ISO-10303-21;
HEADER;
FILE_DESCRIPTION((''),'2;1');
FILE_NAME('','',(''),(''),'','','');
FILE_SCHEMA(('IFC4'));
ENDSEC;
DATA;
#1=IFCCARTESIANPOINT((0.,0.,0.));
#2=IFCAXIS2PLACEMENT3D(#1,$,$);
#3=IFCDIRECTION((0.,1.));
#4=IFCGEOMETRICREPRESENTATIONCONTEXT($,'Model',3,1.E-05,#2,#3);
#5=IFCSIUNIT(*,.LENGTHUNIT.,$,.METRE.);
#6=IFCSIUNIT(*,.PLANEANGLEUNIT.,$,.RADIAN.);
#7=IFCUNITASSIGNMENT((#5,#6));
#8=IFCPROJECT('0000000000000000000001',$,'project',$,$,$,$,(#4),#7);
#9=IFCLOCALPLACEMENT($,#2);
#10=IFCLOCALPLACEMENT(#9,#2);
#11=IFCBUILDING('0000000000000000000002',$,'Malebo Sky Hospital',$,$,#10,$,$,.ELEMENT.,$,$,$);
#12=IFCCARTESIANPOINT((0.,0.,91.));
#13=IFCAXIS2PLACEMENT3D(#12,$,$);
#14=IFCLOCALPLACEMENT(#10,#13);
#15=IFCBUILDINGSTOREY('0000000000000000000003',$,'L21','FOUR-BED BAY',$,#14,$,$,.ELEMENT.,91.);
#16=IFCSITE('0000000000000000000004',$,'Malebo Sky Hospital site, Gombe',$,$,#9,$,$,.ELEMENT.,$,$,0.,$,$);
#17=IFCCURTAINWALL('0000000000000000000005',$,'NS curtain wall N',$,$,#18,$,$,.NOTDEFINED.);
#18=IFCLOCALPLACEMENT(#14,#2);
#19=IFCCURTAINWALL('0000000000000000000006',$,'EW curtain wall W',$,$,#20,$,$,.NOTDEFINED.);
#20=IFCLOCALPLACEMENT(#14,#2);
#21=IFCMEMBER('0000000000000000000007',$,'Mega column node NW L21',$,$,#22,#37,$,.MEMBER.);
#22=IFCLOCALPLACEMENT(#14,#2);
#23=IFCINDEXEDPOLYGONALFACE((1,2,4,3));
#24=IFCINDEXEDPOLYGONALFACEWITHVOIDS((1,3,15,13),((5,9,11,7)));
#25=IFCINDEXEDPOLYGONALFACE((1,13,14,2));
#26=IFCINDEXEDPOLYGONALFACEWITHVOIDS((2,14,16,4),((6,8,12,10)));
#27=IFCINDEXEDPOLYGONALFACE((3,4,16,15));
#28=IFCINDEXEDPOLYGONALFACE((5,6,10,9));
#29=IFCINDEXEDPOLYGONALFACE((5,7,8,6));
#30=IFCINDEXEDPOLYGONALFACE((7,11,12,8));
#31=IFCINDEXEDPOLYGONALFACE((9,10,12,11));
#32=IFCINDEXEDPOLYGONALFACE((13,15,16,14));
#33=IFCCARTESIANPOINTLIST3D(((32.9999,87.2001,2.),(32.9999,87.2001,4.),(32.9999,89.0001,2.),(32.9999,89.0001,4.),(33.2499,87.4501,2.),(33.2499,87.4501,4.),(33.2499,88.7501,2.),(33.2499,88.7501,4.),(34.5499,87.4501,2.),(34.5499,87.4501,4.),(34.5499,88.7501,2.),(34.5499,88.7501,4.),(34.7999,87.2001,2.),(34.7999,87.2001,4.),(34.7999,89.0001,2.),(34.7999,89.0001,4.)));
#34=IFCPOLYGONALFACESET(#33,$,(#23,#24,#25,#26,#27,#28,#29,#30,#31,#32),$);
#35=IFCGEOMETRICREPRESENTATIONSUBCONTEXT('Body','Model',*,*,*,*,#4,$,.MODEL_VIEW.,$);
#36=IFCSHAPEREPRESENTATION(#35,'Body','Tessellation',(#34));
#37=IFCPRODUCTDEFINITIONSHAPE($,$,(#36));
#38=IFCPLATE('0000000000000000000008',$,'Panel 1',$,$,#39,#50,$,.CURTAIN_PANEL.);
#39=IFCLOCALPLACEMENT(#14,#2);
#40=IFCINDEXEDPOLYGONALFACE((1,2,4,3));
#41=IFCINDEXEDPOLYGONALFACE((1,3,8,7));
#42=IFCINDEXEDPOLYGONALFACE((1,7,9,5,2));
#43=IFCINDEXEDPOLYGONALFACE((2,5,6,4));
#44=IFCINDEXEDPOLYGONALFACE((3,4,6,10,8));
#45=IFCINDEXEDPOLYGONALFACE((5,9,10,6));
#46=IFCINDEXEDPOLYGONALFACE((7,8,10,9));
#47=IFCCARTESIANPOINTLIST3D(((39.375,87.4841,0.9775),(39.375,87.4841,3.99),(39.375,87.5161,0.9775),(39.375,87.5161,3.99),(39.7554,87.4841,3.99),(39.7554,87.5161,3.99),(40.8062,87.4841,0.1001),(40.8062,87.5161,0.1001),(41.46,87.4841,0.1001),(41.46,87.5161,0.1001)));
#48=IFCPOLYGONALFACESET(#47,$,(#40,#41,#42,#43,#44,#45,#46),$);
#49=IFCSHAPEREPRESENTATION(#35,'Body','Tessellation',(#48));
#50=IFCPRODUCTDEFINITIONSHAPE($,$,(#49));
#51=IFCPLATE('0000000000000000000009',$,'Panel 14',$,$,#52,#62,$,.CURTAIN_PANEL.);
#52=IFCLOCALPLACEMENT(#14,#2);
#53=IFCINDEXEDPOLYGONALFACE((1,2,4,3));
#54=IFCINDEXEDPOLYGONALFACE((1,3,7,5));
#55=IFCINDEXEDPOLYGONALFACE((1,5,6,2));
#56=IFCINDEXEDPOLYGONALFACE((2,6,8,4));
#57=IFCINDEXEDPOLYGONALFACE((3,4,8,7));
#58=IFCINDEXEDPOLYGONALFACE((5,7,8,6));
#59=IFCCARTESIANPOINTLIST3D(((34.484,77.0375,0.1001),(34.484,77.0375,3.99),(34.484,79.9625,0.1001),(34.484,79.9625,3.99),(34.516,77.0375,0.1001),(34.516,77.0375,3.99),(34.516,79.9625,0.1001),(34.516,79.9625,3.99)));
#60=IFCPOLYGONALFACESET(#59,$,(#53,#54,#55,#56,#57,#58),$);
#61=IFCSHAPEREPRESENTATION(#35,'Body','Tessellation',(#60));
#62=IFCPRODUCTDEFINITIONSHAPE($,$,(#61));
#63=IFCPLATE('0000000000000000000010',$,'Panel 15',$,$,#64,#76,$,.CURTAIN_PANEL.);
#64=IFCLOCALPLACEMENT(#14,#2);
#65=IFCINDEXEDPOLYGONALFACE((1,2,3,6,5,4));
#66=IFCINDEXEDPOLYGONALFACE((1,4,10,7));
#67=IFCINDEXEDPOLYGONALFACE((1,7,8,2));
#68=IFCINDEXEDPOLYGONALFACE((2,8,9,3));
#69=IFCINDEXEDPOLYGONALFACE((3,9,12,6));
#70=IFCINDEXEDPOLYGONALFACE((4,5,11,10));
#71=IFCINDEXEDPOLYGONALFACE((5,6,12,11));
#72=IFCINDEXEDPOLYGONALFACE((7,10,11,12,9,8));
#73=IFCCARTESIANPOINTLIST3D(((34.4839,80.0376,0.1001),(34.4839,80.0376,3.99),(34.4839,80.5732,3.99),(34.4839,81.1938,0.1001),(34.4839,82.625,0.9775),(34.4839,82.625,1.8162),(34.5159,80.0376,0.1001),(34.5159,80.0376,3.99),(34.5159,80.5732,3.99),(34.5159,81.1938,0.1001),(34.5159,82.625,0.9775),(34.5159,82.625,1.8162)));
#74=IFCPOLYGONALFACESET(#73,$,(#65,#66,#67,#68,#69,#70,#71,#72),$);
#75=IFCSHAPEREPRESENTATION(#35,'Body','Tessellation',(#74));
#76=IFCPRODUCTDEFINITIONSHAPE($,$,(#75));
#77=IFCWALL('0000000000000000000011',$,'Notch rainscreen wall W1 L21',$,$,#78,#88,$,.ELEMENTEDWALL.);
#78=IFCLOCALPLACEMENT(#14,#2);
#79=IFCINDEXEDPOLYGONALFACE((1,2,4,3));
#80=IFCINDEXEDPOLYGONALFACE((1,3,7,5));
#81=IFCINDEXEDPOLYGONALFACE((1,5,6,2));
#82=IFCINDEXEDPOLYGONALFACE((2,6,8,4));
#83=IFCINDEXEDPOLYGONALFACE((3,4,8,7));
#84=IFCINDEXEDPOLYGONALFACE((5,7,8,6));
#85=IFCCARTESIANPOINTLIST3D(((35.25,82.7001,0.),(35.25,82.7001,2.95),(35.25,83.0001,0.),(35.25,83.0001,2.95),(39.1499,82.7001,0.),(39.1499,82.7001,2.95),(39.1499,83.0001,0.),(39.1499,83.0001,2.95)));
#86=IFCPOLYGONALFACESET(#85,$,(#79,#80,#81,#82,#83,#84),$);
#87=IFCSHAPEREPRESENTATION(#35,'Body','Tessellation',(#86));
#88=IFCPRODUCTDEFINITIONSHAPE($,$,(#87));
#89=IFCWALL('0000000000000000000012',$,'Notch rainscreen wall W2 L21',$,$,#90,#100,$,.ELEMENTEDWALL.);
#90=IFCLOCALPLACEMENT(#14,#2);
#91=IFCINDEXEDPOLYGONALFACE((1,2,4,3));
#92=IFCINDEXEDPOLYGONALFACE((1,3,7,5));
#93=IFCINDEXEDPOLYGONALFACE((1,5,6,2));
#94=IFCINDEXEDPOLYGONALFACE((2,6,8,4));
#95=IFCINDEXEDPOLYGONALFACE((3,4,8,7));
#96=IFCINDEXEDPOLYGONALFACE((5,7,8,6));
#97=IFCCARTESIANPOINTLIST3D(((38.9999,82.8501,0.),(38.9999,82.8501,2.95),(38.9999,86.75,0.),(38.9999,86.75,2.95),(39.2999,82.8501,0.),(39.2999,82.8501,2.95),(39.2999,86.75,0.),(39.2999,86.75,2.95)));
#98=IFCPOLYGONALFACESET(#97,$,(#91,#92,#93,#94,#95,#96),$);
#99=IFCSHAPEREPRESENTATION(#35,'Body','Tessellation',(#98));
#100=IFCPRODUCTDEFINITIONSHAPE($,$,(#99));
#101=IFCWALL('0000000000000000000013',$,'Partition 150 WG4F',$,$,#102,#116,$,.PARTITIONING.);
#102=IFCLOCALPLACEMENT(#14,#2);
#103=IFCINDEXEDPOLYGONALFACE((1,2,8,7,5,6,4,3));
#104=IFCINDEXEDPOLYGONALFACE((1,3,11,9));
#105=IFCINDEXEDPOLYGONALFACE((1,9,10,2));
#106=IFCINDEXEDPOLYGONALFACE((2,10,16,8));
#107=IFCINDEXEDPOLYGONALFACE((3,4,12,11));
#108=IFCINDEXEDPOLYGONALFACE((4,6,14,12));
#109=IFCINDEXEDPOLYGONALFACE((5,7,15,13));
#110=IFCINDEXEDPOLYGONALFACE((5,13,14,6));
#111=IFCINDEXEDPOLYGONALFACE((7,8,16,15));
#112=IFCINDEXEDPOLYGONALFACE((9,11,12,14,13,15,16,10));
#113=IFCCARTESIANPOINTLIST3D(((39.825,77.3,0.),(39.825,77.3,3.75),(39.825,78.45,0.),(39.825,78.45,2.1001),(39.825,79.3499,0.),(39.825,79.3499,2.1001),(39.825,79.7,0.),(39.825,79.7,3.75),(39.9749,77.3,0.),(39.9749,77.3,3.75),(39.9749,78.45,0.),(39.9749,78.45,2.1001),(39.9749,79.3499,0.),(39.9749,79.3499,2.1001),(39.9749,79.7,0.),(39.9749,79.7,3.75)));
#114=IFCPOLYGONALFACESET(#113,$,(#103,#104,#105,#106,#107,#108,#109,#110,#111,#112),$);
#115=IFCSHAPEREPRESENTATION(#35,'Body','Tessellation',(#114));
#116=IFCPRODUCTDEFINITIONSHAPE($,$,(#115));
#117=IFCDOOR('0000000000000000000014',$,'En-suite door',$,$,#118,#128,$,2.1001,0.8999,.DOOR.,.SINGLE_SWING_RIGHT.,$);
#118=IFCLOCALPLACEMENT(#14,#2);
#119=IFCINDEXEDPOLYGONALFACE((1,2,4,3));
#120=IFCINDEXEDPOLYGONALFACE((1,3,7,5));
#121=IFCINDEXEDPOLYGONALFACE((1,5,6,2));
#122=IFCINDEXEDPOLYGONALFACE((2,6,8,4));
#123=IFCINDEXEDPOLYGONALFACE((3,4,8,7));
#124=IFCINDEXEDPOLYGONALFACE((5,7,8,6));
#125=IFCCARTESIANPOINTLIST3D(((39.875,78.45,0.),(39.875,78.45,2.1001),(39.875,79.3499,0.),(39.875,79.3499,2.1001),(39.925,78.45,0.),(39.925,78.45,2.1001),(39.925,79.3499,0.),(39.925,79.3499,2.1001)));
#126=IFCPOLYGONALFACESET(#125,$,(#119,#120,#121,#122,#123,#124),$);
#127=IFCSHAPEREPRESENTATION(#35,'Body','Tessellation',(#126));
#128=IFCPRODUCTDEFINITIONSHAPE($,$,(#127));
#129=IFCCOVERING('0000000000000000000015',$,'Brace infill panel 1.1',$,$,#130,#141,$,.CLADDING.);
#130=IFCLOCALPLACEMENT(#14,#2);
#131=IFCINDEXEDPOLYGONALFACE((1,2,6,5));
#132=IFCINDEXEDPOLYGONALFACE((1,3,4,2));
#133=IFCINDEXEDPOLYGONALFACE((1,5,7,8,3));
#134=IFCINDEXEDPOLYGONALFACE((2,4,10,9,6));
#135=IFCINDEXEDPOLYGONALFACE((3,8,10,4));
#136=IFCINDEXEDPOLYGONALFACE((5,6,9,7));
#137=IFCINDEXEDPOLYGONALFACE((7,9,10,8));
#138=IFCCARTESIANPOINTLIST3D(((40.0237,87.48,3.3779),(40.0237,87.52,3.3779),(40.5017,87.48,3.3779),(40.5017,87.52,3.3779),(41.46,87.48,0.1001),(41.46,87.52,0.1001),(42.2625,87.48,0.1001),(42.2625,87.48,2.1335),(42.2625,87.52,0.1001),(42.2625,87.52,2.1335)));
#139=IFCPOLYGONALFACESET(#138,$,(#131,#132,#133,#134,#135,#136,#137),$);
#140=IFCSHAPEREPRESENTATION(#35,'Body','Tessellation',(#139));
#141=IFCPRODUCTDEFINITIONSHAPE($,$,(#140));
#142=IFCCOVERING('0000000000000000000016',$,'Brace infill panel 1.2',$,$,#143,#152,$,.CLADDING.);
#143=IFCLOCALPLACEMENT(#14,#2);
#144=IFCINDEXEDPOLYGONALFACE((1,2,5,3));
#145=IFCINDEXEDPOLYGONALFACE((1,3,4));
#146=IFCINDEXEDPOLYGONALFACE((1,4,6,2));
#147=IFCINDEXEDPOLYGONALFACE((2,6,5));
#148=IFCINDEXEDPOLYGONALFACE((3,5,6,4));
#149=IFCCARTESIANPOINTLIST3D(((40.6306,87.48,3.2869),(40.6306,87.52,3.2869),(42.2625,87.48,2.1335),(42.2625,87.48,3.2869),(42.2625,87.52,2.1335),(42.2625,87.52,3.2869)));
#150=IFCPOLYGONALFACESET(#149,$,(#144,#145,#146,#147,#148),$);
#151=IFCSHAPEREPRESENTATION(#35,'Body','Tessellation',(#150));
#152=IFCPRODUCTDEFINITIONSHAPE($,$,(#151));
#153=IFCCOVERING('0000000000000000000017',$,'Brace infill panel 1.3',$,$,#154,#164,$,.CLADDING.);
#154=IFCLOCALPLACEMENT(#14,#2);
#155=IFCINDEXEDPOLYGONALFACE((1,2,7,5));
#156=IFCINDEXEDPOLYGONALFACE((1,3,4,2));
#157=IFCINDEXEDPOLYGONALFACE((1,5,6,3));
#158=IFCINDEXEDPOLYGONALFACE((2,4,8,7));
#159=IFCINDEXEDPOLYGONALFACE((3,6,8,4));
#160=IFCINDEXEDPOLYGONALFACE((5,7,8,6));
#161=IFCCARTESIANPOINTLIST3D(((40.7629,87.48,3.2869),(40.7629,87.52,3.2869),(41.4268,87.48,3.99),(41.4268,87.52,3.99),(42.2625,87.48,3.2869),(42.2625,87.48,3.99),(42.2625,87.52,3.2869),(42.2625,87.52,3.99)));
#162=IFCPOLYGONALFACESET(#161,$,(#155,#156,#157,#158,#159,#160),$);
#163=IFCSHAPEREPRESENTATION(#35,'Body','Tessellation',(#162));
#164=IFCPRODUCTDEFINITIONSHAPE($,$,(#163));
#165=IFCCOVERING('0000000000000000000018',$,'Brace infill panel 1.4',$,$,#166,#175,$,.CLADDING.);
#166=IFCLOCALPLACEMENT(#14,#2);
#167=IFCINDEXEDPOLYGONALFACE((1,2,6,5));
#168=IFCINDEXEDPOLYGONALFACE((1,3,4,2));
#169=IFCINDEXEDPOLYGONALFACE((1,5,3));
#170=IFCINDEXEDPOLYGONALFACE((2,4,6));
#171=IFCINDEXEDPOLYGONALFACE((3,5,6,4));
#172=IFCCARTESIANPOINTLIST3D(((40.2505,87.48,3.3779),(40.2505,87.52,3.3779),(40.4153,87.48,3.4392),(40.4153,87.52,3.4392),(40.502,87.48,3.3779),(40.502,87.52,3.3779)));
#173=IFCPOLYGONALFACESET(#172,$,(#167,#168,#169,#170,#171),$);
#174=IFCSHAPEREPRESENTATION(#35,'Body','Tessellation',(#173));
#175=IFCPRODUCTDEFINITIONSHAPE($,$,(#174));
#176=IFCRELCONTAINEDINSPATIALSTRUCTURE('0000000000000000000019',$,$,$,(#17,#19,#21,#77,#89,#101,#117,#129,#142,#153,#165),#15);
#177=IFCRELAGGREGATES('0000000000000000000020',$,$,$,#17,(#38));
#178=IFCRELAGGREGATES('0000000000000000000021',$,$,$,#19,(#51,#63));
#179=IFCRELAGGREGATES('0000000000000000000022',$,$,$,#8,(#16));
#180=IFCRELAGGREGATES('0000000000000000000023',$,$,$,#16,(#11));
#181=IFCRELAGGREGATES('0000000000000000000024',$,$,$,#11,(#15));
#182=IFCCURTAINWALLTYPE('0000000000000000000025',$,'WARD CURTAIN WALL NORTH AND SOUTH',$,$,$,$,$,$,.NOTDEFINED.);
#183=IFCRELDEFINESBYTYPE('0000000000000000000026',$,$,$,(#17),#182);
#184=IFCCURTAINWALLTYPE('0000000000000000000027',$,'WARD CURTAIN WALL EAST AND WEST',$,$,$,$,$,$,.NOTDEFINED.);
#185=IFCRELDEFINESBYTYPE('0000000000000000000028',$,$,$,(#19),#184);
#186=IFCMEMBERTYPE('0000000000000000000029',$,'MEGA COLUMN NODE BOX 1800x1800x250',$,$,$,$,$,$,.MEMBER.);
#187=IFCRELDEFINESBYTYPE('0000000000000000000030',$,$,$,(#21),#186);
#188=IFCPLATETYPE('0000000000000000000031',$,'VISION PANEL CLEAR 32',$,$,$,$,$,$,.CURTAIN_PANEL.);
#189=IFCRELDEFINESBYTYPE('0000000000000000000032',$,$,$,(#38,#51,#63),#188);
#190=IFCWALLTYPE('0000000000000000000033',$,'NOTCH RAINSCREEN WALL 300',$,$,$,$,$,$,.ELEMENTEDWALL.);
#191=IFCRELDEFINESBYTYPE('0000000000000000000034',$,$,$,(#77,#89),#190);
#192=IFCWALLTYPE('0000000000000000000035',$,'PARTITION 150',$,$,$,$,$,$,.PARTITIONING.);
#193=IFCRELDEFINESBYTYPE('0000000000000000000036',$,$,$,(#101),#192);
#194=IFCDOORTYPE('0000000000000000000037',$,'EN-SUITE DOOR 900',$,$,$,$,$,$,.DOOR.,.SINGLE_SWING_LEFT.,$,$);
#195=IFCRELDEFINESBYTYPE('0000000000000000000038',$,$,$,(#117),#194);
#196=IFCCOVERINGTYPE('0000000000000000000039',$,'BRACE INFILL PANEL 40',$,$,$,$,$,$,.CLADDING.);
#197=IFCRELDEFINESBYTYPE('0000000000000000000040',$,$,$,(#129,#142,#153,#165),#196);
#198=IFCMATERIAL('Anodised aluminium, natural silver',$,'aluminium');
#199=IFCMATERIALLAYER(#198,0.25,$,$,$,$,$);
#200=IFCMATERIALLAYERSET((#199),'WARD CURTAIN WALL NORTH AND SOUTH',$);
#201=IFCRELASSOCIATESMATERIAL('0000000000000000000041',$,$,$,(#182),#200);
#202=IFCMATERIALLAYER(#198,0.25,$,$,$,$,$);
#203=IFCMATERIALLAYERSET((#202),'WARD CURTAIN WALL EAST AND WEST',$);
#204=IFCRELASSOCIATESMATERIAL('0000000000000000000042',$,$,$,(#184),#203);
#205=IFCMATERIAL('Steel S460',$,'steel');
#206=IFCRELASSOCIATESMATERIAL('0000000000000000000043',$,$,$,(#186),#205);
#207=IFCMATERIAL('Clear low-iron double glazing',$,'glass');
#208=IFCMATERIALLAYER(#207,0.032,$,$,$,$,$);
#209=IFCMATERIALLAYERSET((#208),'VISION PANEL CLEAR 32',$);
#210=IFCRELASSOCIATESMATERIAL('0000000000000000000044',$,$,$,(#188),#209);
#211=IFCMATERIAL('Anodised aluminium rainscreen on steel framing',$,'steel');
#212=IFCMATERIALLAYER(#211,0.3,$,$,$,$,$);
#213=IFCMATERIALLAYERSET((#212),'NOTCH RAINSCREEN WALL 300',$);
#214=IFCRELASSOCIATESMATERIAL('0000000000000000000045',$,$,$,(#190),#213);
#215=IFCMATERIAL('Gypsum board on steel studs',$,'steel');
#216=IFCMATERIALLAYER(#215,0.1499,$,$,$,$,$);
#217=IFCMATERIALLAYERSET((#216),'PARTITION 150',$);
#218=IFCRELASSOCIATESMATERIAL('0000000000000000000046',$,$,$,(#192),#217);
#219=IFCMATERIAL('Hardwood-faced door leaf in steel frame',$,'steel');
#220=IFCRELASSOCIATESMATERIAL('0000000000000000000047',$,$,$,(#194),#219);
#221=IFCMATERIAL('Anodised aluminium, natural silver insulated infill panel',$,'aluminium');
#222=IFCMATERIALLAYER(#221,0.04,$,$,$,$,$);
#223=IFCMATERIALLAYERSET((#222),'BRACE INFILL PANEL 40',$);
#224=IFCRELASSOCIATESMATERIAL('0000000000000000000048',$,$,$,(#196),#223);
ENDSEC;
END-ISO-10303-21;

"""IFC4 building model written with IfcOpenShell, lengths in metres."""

from ifc_helpers import new_model, si_unit, direction, frame, frame_2d, origin, origin_2d, place, context, subcontext, project, spatial, polyline, rectangle, hollow_rectangle, outline, extrude, material, layer, layer_set, material_profile, profile_set, type_object, element, fill, aggregate, save


model = new_model("IFC4")

# Units and contexts
model_context = context("Model", 3, precision=1e-05, world=origin(), true_north=direction((0.0, 1.0)))
body_context = subcontext(model_context, "Body", "Model", "MODEL_VIEW")
ifc_project = project(units=[si_unit("LENGTHUNIT", "METRE"), si_unit("PLANEANGLEUNIT", "RADIAN")], contexts=[model_context])

# Site, building, storey
site_placement = place(None, origin())
site = spatial("IfcSite", under=ifc_project, at=site_placement, Name="Malebo Sky Hospital site, Gombe", CompositionType="ELEMENT", RefElevation=0.0)
building_placement = place(site_placement, origin())
building = spatial("IfcBuilding", under=site, at=building_placement, Name="Malebo Sky Hospital", CompositionType="ELEMENT")
storey_placement = place(building_placement, frame((0.0, 0.0, 91.0)))
storey = spatial("IfcBuildingStorey", under=building, at=storey_placement, Name="L21", Description="FOUR-BED BAY", CompositionType="ELEMENT", Elevation=91.0)

# Shared definitions
ifc_material_1 = material(Name="Steel S460", Category="steel")

# Curtain wall
ifc_material_2 = material(Name="Anodised aluminium, natural silver", Category="aluminium")
ifc_layer_1 = layer(ifc_material_2, 0.25)
ifc_layer_set_1 = layer_set([ifc_layer_1], Name="WARD CURTAIN WALL NORTH AND SOUTH")
curtain_wall_type_1 = type_object("IfcCurtainWallType", Name="WARD CURTAIN WALL NORTH AND SOUTH", PredefinedType="NOTDEFINED", material=ifc_layer_set_1)
curtain_wall_1_placement = place(storey_placement, origin())
curtain_wall_1 = element("IfcCurtainWall", 1, at=curtain_wall_1_placement, inside=storey, type_object=curtain_wall_type_1, Name="NS curtain wall N", PredefinedType="NOTDEFINED")

# Curtain wall
ifc_layer_2 = layer(ifc_material_2, 0.25)
ifc_layer_set_2 = layer_set([ifc_layer_2], Name="WARD CURTAIN WALL EAST AND WEST")
curtain_wall_type_2 = type_object("IfcCurtainWallType", Name="WARD CURTAIN WALL EAST AND WEST", PredefinedType="NOTDEFINED", material=ifc_layer_set_2)
curtain_wall_2_placement = place(storey_placement, origin())
curtain_wall_2 = element("IfcCurtainWall", 2, at=curtain_wall_2_placement, inside=storey, type_object=curtain_wall_type_2, Name="EW curtain wall W", PredefinedType="NOTDEFINED")

# Member
ifc_material_profile_1 = material_profile(ifc_material_1, hollow_rectangle(XDim=1.8, YDim=1.8, WallThickness=0.25, at=origin_2d()), Name="BOX 1800x1800x250")
ifc_profile_set_1 = profile_set([ifc_material_profile_1], Name="Steel S460")
member_type_1 = type_object("IfcMemberType", Name="MEGA COLUMN NODE BOX 1800x1800x250", PredefinedType="MEMBER", material=ifc_profile_set_1)
member_1_placement = place(storey_placement, frame((33.8999, 88.1001, 2.0), z_axis=(0.0, 0.0, 1.0), x_axis=(1.0, 0.0, 0.0)))
element("IfcMember", 3, at=member_1_placement, inside=storey, type_object=member_type_1, Name="Mega column node NW L21", PredefinedType="MEMBER", context=body_context, shape_type="SweptSolid", body=[
    extrude(hollow_rectangle(XDim=1.8, YDim=1.8, WallThickness=0.25, at=origin_2d()), origin(), (0.0, 0.0, 1.0), 2.0),
])

# Plates
ifc_material_3 = material(Name="Clear low-iron double glazing", Category="glass")
ifc_layer_3 = layer(ifc_material_3, 0.032)
ifc_layer_set_3 = layer_set([ifc_layer_3], Name="VISION PANEL CLEAR 32")
plate_type = type_object("IfcPlateType", Name="VISION PANEL CLEAR 32", PredefinedType="CURTAIN_PANEL", material=ifc_layer_set_3)
plate_1_placement = place(storey_placement, frame((40.4175, 87.5, 0.1001), z_axis=(0.0, 0.0, 1.0), x_axis=(1.0, 0.0, 0.0)))
plate_1 = element("IfcPlate", 4, at=plate_1_placement, type_object=plate_type, Name="Panel 1", PredefinedType="CURTAIN_PANEL", context=body_context, shape_type="SweptSolid", body=[
    extrude(outline(polyline([(0.3887, 0.0), (1.0425, 0.0), (-0.6621, 3.8899), (-1.0425, 3.8899), (-1.0425, 0.8774), (0.3887, 0.0)])), frame((0.0, 0.0161, 0.0), z_axis=(0.0, -1.0, 0.0), x_axis=(1.0, 0.0, 0.0)), (0.0, 0.0, 1.0), 0.032),
])
aggregate(curtain_wall_1, [plate_1])
plate_2_placement = place(storey_placement, frame((34.5, 78.5, 0.1001), z_axis=(0.0, 0.0, 1.0), x_axis=(0.0, 1.0, 0.0)))
plate_2 = element("IfcPlate", 5, at=plate_2_placement, type_object=plate_type, Name="Panel 14", PredefinedType="CURTAIN_PANEL", context=body_context, shape_type="SweptSolid", body=[
    extrude(rectangle(XDim=2.925, YDim=0.032, at=origin_2d()), origin(), (0.0, 0.0, 1.0), 3.8899),
])
plate_3_placement = place(storey_placement, frame((34.5, 81.3313, 0.1001), z_axis=(0.0, 0.0, 1.0), x_axis=(0.0, 1.0, 0.0)))
plate_3 = element("IfcPlate", 6, at=plate_3_placement, type_object=plate_type, Name="Panel 15", PredefinedType="CURTAIN_PANEL", context=body_context, shape_type="SweptSolid", body=[
    extrude(outline(polyline([(-1.2937, 0.0), (-0.1375, 0.0), (1.2937, 0.8774), (1.2937, 1.7161), (-0.7581, 3.8899), (-1.2937, 3.8899), (-1.2937, 0.0)])), frame((0.0, 0.0161, 0.0), z_axis=(0.0, -1.0, 0.0), x_axis=(1.0, 0.0, 0.0)), (0.0, 0.0, 1.0), 0.032),
])
aggregate(curtain_wall_2, [plate_2, plate_3])

# Walls
ifc_material_4 = material(Name="Anodised aluminium rainscreen on steel framing", Category="steel")
ifc_layer_4 = layer(ifc_material_4, 0.3)
ifc_layer_set_4 = layer_set([ifc_layer_4], Name="NOTCH RAINSCREEN WALL 300")
wall_type_1 = type_object("IfcWallType", Name="NOTCH RAINSCREEN WALL 300", PredefinedType="ELEMENTEDWALL", material=ifc_layer_set_4)
for number, where, z_axis, x_axis, name in (
    (7, (35.25, 82.8501, 0.0), (0.0, 0.0, 1.0), (1.0, 0.0, 0.0), "Notch rainscreen wall W1 L21"),
    (8, (39.1499, 82.8501, 0.0), (0.0, 0.0, 1.0), (0.0, 1.0, 0.0), "Notch rainscreen wall W2 L21"),
):
    element("IfcWall", number, at=place(storey_placement, frame(where, z_axis=z_axis, x_axis=x_axis)), inside=storey, type_object=wall_type_1, Name=name, PredefinedType="ELEMENTEDWALL", context=body_context, shape_type="SweptSolid", body=[
        extrude(rectangle(XDim=3.8999, YDim=0.3, at=frame_2d((1.95, 0.0))), origin(), (0.0, 0.0, 1.0), 2.95),
    ])

# Wall, opening, door
ifc_material_5 = material(Name="Gypsum board on steel studs", Category="steel")
ifc_layer_5 = layer(ifc_material_5, 0.1499)
ifc_layer_set_5 = layer_set([ifc_layer_5], Name="PARTITION 150")
wall_type_2 = type_object("IfcWallType", Name="PARTITION 150", PredefinedType="PARTITIONING", material=ifc_layer_set_5)
wall_placement = place(storey_placement, frame((39.8999, 77.3, 0.0), z_axis=(0.0, 0.0, 1.0), x_axis=(0.0, 1.0, 0.0)))
wall = element("IfcWall", 9, at=wall_placement, inside=storey, type_object=wall_type_2, Name="Partition 150 WG4F", PredefinedType="PARTITIONING", context=body_context, shape_type="SweptSolid", body=[
    extrude(rectangle(XDim=2.3999, YDim=0.1499, at=frame_2d((1.2, 0.0))), origin(), (0.0, 0.0, 1.0), 3.75),
])
opening_placement = place(wall_placement, frame((1.1499, 0.0, 0.0)))
opening = element("IfcOpeningElement", 10, at=opening_placement, cuts=wall, PredefinedType="OPENING", context=body_context, shape_type="SweptSolid", body=[
    extrude(rectangle(XDim=0.8999, YDim=2.1001, at=frame_2d((0.45, 1.05))), frame((0.0, 0.085, 0.0), z_axis=(0.0, -1.0, 0.0), x_axis=(1.0, 0.0, 0.0)), (0.0, 0.0, 1.0), 0.1699),
])
ifc_material_6 = material(Name="Hardwood-faced door leaf in steel frame", Category="steel")
door_type = type_object("IfcDoorType", Name="EN-SUITE DOOR 900", OperationType="SINGLE_SWING_LEFT", PredefinedType="DOOR", material=ifc_material_6)
door_placement = place(opening_placement, origin())
door = element("IfcDoor", 11, at=door_placement, inside=storey, type_object=door_type, Name="En-suite door", OperationType="SINGLE_SWING_RIGHT", OverallHeight=2.1001, OverallWidth=0.8999, PredefinedType="DOOR", context=body_context, shape_type="SweptSolid", body=[
    extrude(rectangle(XDim=0.8999, YDim=2.1001, at=frame_2d((0.45, 1.05))), frame((0.0, 0.0249, 0.0), z_axis=(0.0, -1.0, 0.0), x_axis=(1.0, 0.0, 0.0)), (0.0, 0.0, 1.0), 0.05),
])
fill(opening, door)

# Coverings
ifc_material_7 = material(Name="Anodised aluminium, natural silver insulated infill panel", Category="aluminium")
ifc_layer_6 = layer(ifc_material_7, 0.04)
ifc_layer_set_6 = layer_set([ifc_layer_6], Name="BRACE INFILL PANEL 40")
covering_type = type_object("IfcCoveringType", Name="BRACE INFILL PANEL 40", PredefinedType="CLADDING", material=ifc_layer_set_6)
covering_1_placement = place(storey_placement, frame((41.1431, 87.5, 0.1001), z_axis=(0.0, 0.0, 1.0), x_axis=(1.0, 0.0, 0.0)))
element("IfcCovering", 12, at=covering_1_placement, inside=storey, type_object=covering_type, Name="Brace infill panel 1.1", PredefinedType="CLADDING", context=body_context, shape_type="SweptSolid", body=[
    extrude(outline(polyline([(0.3169, 0.0), (1.1194, 0.0), (1.1194, 2.0334), (-0.6414, 3.2778), (-1.1194, 3.2778), (0.3169, 0.0)])), frame((0.0, 0.02, 0.0), z_axis=(0.0, -1.0, 0.0), x_axis=(1.0, 0.0, 0.0)), (0.0, 0.0, 1.0), 0.04),
])
covering_2_placement = place(storey_placement, frame((41.4465, 87.5, 2.1335), z_axis=(0.0, 0.0, 1.0), x_axis=(1.0, 0.0, 0.0)))
element("IfcCovering", 13, at=covering_2_placement, inside=storey, type_object=covering_type, Name="Brace infill panel 1.2", PredefinedType="CLADDING", context=body_context, shape_type="SweptSolid", body=[
    extrude(outline(polyline([(0.8159, 0.0), (0.8159, 1.1533), (-0.8159, 1.1533), (0.8159, 0.0)])), frame((0.0, 0.02, 0.0), z_axis=(0.0, -1.0, 0.0), x_axis=(1.0, 0.0, 0.0)), (0.0, 0.0, 1.0), 0.04),
])
covering_3_placement = place(storey_placement, frame((41.5127, 87.5, 3.2869), z_axis=(0.0, 0.0, 1.0), x_axis=(1.0, 0.0, 0.0)))
element("IfcCovering", 14, at=covering_3_placement, inside=storey, type_object=covering_type, Name="Brace infill panel 1.3", PredefinedType="CLADDING", context=body_context, shape_type="SweptSolid", body=[
    extrude(outline(polyline([(-0.7498, 0.0), (0.7498, 0.0), (0.7498, 0.7031), (-0.0859, 0.7031), (-0.7498, 0.0)])), frame((0.0, 0.02, 0.0), z_axis=(0.0, -1.0, 0.0), x_axis=(1.0, 0.0, 0.0)), (0.0, 0.0, 1.0), 0.04),
])
covering_4_placement = place(storey_placement, frame((40.3762, 87.5, 3.3779), z_axis=(0.0, 0.0, 1.0), x_axis=(1.0, 0.0, 0.0)))
element("IfcCovering", 15, at=covering_4_placement, inside=storey, type_object=covering_type, Name="Brace infill panel 1.4", PredefinedType="CLADDING", context=body_context, shape_type="SweptSolid", body=[
    extrude(outline(polyline([(-0.1257, 0.0), (0.1257, 0.0), (0.0391, 0.0613), (-0.1257, 0.0)])), frame((0.0, 0.02, 0.0), z_axis=(0.0, -1.0, 0.0), x_axis=(1.0, 0.0, 0.0)), (0.0, 0.0, 1.0), 0.04),
])

save(model, "model.ifc")
